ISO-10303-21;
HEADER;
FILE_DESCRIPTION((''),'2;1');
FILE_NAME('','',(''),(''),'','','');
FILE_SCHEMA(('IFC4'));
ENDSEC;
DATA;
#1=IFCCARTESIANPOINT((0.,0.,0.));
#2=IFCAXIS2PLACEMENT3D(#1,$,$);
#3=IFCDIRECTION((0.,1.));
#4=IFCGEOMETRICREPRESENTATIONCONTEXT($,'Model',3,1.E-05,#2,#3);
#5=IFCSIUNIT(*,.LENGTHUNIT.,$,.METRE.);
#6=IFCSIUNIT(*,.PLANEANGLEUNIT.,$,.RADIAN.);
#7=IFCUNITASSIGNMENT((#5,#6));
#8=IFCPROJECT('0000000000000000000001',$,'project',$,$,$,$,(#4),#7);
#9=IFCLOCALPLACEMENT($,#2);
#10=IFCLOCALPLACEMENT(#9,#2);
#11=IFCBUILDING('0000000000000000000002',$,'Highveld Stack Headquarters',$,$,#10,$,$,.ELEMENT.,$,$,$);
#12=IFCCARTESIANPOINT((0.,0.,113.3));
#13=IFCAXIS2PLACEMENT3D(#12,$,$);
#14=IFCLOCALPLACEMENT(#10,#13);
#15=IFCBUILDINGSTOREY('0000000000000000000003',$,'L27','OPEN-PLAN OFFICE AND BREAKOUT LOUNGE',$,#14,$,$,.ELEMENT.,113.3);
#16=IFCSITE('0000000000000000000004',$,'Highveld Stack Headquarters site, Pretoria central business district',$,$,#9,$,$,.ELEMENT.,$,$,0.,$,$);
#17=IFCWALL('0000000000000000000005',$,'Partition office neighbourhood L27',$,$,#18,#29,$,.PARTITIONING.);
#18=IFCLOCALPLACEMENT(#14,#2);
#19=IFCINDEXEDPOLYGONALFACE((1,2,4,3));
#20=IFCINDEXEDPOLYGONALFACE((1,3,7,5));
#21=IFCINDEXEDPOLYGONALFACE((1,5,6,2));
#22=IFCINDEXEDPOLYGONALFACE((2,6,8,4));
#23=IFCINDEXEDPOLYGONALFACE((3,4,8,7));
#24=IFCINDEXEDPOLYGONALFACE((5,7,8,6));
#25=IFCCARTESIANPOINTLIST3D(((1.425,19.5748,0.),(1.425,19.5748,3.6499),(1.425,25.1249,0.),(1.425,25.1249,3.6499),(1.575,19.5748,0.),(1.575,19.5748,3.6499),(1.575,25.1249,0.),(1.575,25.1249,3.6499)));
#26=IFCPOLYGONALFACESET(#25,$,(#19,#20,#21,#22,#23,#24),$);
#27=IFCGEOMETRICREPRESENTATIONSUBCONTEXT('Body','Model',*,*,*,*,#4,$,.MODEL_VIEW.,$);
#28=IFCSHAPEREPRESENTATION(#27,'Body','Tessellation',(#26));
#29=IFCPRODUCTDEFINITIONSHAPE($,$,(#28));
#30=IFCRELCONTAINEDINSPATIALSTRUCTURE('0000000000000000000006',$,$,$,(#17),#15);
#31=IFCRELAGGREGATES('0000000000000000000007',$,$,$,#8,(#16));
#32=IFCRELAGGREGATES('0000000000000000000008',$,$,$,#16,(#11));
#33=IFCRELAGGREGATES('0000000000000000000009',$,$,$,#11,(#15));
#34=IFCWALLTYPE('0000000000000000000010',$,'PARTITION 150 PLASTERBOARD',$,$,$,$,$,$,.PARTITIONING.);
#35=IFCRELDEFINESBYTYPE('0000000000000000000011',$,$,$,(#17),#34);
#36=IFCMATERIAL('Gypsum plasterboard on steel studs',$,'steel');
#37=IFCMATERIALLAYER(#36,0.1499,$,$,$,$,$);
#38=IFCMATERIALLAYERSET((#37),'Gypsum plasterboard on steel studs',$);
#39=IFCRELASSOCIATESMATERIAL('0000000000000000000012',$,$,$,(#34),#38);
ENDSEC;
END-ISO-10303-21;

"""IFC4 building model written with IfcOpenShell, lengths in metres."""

from ifc_helpers import new_model, si_unit, direction, frame, frame_2d, origin, place, context, subcontext, project, spatial, rectangle, extrude, material, layer, layer_set, type_object, element, save


model = new_model("IFC4")

# Units and contexts
model_context = context("Model", 3, precision=1e-05, world=origin(), true_north=direction((0.0, 1.0)))
body_context = subcontext(model_context, "Body", "Model", "MODEL_VIEW")
ifc_project = project(units=[si_unit("LENGTHUNIT", "METRE"), si_unit("PLANEANGLEUNIT", "RADIAN")], contexts=[model_context])

# Site, building, storey
site_placement = place(None, origin())
site = spatial("IfcSite", under=ifc_project, at=site_placement, Name="Highveld Stack Headquarters site, Pretoria central business district", CompositionType="ELEMENT", RefElevation=0.0)
building_placement = place(site_placement, origin())
building = spatial("IfcBuilding", under=site, at=building_placement, Name="Highveld Stack Headquarters", CompositionType="ELEMENT")
storey_placement = place(building_placement, frame((0.0, 0.0, 113.3)))
storey = spatial("IfcBuildingStorey", under=building, at=storey_placement, Name="L27", Description="OPEN-PLAN OFFICE AND BREAKOUT LOUNGE", CompositionType="ELEMENT", Elevation=113.3)

# Shared definitions
ifc_material_1 = material(Name="Gypsum plasterboard on steel studs", Category="steel")
ifc_layer_1 = layer(ifc_material_1, 0.1499)
ifc_layer_set_1 = layer_set([ifc_layer_1], Name="Gypsum plasterboard on steel studs")
wall_type_1 = type_object("IfcWallType", Name="PARTITION 150 PLASTERBOARD", PredefinedType="PARTITIONING", material=ifc_layer_set_1)

# Wall
wall_1_placement = place(storey_placement, frame((1.5, 19.575, 0.0), z_axis=(0.0, 0.0, 1.0), x_axis=(0.0, 1.0, 0.0)))
element("IfcWall", 1, at=wall_1_placement, inside=storey, type_object=wall_type_1, Name="Partition office neighbourhood L27", PredefinedType="PARTITIONING", context=body_context, shape_type="SweptSolid", body=[
    extrude(rectangle(XDim=5.55, YDim=0.1499, at=frame_2d((2.7749, 0.0))), origin(), (0.0, 0.0, 1.0), 3.6499),
])

save(model, "model.ifc")
